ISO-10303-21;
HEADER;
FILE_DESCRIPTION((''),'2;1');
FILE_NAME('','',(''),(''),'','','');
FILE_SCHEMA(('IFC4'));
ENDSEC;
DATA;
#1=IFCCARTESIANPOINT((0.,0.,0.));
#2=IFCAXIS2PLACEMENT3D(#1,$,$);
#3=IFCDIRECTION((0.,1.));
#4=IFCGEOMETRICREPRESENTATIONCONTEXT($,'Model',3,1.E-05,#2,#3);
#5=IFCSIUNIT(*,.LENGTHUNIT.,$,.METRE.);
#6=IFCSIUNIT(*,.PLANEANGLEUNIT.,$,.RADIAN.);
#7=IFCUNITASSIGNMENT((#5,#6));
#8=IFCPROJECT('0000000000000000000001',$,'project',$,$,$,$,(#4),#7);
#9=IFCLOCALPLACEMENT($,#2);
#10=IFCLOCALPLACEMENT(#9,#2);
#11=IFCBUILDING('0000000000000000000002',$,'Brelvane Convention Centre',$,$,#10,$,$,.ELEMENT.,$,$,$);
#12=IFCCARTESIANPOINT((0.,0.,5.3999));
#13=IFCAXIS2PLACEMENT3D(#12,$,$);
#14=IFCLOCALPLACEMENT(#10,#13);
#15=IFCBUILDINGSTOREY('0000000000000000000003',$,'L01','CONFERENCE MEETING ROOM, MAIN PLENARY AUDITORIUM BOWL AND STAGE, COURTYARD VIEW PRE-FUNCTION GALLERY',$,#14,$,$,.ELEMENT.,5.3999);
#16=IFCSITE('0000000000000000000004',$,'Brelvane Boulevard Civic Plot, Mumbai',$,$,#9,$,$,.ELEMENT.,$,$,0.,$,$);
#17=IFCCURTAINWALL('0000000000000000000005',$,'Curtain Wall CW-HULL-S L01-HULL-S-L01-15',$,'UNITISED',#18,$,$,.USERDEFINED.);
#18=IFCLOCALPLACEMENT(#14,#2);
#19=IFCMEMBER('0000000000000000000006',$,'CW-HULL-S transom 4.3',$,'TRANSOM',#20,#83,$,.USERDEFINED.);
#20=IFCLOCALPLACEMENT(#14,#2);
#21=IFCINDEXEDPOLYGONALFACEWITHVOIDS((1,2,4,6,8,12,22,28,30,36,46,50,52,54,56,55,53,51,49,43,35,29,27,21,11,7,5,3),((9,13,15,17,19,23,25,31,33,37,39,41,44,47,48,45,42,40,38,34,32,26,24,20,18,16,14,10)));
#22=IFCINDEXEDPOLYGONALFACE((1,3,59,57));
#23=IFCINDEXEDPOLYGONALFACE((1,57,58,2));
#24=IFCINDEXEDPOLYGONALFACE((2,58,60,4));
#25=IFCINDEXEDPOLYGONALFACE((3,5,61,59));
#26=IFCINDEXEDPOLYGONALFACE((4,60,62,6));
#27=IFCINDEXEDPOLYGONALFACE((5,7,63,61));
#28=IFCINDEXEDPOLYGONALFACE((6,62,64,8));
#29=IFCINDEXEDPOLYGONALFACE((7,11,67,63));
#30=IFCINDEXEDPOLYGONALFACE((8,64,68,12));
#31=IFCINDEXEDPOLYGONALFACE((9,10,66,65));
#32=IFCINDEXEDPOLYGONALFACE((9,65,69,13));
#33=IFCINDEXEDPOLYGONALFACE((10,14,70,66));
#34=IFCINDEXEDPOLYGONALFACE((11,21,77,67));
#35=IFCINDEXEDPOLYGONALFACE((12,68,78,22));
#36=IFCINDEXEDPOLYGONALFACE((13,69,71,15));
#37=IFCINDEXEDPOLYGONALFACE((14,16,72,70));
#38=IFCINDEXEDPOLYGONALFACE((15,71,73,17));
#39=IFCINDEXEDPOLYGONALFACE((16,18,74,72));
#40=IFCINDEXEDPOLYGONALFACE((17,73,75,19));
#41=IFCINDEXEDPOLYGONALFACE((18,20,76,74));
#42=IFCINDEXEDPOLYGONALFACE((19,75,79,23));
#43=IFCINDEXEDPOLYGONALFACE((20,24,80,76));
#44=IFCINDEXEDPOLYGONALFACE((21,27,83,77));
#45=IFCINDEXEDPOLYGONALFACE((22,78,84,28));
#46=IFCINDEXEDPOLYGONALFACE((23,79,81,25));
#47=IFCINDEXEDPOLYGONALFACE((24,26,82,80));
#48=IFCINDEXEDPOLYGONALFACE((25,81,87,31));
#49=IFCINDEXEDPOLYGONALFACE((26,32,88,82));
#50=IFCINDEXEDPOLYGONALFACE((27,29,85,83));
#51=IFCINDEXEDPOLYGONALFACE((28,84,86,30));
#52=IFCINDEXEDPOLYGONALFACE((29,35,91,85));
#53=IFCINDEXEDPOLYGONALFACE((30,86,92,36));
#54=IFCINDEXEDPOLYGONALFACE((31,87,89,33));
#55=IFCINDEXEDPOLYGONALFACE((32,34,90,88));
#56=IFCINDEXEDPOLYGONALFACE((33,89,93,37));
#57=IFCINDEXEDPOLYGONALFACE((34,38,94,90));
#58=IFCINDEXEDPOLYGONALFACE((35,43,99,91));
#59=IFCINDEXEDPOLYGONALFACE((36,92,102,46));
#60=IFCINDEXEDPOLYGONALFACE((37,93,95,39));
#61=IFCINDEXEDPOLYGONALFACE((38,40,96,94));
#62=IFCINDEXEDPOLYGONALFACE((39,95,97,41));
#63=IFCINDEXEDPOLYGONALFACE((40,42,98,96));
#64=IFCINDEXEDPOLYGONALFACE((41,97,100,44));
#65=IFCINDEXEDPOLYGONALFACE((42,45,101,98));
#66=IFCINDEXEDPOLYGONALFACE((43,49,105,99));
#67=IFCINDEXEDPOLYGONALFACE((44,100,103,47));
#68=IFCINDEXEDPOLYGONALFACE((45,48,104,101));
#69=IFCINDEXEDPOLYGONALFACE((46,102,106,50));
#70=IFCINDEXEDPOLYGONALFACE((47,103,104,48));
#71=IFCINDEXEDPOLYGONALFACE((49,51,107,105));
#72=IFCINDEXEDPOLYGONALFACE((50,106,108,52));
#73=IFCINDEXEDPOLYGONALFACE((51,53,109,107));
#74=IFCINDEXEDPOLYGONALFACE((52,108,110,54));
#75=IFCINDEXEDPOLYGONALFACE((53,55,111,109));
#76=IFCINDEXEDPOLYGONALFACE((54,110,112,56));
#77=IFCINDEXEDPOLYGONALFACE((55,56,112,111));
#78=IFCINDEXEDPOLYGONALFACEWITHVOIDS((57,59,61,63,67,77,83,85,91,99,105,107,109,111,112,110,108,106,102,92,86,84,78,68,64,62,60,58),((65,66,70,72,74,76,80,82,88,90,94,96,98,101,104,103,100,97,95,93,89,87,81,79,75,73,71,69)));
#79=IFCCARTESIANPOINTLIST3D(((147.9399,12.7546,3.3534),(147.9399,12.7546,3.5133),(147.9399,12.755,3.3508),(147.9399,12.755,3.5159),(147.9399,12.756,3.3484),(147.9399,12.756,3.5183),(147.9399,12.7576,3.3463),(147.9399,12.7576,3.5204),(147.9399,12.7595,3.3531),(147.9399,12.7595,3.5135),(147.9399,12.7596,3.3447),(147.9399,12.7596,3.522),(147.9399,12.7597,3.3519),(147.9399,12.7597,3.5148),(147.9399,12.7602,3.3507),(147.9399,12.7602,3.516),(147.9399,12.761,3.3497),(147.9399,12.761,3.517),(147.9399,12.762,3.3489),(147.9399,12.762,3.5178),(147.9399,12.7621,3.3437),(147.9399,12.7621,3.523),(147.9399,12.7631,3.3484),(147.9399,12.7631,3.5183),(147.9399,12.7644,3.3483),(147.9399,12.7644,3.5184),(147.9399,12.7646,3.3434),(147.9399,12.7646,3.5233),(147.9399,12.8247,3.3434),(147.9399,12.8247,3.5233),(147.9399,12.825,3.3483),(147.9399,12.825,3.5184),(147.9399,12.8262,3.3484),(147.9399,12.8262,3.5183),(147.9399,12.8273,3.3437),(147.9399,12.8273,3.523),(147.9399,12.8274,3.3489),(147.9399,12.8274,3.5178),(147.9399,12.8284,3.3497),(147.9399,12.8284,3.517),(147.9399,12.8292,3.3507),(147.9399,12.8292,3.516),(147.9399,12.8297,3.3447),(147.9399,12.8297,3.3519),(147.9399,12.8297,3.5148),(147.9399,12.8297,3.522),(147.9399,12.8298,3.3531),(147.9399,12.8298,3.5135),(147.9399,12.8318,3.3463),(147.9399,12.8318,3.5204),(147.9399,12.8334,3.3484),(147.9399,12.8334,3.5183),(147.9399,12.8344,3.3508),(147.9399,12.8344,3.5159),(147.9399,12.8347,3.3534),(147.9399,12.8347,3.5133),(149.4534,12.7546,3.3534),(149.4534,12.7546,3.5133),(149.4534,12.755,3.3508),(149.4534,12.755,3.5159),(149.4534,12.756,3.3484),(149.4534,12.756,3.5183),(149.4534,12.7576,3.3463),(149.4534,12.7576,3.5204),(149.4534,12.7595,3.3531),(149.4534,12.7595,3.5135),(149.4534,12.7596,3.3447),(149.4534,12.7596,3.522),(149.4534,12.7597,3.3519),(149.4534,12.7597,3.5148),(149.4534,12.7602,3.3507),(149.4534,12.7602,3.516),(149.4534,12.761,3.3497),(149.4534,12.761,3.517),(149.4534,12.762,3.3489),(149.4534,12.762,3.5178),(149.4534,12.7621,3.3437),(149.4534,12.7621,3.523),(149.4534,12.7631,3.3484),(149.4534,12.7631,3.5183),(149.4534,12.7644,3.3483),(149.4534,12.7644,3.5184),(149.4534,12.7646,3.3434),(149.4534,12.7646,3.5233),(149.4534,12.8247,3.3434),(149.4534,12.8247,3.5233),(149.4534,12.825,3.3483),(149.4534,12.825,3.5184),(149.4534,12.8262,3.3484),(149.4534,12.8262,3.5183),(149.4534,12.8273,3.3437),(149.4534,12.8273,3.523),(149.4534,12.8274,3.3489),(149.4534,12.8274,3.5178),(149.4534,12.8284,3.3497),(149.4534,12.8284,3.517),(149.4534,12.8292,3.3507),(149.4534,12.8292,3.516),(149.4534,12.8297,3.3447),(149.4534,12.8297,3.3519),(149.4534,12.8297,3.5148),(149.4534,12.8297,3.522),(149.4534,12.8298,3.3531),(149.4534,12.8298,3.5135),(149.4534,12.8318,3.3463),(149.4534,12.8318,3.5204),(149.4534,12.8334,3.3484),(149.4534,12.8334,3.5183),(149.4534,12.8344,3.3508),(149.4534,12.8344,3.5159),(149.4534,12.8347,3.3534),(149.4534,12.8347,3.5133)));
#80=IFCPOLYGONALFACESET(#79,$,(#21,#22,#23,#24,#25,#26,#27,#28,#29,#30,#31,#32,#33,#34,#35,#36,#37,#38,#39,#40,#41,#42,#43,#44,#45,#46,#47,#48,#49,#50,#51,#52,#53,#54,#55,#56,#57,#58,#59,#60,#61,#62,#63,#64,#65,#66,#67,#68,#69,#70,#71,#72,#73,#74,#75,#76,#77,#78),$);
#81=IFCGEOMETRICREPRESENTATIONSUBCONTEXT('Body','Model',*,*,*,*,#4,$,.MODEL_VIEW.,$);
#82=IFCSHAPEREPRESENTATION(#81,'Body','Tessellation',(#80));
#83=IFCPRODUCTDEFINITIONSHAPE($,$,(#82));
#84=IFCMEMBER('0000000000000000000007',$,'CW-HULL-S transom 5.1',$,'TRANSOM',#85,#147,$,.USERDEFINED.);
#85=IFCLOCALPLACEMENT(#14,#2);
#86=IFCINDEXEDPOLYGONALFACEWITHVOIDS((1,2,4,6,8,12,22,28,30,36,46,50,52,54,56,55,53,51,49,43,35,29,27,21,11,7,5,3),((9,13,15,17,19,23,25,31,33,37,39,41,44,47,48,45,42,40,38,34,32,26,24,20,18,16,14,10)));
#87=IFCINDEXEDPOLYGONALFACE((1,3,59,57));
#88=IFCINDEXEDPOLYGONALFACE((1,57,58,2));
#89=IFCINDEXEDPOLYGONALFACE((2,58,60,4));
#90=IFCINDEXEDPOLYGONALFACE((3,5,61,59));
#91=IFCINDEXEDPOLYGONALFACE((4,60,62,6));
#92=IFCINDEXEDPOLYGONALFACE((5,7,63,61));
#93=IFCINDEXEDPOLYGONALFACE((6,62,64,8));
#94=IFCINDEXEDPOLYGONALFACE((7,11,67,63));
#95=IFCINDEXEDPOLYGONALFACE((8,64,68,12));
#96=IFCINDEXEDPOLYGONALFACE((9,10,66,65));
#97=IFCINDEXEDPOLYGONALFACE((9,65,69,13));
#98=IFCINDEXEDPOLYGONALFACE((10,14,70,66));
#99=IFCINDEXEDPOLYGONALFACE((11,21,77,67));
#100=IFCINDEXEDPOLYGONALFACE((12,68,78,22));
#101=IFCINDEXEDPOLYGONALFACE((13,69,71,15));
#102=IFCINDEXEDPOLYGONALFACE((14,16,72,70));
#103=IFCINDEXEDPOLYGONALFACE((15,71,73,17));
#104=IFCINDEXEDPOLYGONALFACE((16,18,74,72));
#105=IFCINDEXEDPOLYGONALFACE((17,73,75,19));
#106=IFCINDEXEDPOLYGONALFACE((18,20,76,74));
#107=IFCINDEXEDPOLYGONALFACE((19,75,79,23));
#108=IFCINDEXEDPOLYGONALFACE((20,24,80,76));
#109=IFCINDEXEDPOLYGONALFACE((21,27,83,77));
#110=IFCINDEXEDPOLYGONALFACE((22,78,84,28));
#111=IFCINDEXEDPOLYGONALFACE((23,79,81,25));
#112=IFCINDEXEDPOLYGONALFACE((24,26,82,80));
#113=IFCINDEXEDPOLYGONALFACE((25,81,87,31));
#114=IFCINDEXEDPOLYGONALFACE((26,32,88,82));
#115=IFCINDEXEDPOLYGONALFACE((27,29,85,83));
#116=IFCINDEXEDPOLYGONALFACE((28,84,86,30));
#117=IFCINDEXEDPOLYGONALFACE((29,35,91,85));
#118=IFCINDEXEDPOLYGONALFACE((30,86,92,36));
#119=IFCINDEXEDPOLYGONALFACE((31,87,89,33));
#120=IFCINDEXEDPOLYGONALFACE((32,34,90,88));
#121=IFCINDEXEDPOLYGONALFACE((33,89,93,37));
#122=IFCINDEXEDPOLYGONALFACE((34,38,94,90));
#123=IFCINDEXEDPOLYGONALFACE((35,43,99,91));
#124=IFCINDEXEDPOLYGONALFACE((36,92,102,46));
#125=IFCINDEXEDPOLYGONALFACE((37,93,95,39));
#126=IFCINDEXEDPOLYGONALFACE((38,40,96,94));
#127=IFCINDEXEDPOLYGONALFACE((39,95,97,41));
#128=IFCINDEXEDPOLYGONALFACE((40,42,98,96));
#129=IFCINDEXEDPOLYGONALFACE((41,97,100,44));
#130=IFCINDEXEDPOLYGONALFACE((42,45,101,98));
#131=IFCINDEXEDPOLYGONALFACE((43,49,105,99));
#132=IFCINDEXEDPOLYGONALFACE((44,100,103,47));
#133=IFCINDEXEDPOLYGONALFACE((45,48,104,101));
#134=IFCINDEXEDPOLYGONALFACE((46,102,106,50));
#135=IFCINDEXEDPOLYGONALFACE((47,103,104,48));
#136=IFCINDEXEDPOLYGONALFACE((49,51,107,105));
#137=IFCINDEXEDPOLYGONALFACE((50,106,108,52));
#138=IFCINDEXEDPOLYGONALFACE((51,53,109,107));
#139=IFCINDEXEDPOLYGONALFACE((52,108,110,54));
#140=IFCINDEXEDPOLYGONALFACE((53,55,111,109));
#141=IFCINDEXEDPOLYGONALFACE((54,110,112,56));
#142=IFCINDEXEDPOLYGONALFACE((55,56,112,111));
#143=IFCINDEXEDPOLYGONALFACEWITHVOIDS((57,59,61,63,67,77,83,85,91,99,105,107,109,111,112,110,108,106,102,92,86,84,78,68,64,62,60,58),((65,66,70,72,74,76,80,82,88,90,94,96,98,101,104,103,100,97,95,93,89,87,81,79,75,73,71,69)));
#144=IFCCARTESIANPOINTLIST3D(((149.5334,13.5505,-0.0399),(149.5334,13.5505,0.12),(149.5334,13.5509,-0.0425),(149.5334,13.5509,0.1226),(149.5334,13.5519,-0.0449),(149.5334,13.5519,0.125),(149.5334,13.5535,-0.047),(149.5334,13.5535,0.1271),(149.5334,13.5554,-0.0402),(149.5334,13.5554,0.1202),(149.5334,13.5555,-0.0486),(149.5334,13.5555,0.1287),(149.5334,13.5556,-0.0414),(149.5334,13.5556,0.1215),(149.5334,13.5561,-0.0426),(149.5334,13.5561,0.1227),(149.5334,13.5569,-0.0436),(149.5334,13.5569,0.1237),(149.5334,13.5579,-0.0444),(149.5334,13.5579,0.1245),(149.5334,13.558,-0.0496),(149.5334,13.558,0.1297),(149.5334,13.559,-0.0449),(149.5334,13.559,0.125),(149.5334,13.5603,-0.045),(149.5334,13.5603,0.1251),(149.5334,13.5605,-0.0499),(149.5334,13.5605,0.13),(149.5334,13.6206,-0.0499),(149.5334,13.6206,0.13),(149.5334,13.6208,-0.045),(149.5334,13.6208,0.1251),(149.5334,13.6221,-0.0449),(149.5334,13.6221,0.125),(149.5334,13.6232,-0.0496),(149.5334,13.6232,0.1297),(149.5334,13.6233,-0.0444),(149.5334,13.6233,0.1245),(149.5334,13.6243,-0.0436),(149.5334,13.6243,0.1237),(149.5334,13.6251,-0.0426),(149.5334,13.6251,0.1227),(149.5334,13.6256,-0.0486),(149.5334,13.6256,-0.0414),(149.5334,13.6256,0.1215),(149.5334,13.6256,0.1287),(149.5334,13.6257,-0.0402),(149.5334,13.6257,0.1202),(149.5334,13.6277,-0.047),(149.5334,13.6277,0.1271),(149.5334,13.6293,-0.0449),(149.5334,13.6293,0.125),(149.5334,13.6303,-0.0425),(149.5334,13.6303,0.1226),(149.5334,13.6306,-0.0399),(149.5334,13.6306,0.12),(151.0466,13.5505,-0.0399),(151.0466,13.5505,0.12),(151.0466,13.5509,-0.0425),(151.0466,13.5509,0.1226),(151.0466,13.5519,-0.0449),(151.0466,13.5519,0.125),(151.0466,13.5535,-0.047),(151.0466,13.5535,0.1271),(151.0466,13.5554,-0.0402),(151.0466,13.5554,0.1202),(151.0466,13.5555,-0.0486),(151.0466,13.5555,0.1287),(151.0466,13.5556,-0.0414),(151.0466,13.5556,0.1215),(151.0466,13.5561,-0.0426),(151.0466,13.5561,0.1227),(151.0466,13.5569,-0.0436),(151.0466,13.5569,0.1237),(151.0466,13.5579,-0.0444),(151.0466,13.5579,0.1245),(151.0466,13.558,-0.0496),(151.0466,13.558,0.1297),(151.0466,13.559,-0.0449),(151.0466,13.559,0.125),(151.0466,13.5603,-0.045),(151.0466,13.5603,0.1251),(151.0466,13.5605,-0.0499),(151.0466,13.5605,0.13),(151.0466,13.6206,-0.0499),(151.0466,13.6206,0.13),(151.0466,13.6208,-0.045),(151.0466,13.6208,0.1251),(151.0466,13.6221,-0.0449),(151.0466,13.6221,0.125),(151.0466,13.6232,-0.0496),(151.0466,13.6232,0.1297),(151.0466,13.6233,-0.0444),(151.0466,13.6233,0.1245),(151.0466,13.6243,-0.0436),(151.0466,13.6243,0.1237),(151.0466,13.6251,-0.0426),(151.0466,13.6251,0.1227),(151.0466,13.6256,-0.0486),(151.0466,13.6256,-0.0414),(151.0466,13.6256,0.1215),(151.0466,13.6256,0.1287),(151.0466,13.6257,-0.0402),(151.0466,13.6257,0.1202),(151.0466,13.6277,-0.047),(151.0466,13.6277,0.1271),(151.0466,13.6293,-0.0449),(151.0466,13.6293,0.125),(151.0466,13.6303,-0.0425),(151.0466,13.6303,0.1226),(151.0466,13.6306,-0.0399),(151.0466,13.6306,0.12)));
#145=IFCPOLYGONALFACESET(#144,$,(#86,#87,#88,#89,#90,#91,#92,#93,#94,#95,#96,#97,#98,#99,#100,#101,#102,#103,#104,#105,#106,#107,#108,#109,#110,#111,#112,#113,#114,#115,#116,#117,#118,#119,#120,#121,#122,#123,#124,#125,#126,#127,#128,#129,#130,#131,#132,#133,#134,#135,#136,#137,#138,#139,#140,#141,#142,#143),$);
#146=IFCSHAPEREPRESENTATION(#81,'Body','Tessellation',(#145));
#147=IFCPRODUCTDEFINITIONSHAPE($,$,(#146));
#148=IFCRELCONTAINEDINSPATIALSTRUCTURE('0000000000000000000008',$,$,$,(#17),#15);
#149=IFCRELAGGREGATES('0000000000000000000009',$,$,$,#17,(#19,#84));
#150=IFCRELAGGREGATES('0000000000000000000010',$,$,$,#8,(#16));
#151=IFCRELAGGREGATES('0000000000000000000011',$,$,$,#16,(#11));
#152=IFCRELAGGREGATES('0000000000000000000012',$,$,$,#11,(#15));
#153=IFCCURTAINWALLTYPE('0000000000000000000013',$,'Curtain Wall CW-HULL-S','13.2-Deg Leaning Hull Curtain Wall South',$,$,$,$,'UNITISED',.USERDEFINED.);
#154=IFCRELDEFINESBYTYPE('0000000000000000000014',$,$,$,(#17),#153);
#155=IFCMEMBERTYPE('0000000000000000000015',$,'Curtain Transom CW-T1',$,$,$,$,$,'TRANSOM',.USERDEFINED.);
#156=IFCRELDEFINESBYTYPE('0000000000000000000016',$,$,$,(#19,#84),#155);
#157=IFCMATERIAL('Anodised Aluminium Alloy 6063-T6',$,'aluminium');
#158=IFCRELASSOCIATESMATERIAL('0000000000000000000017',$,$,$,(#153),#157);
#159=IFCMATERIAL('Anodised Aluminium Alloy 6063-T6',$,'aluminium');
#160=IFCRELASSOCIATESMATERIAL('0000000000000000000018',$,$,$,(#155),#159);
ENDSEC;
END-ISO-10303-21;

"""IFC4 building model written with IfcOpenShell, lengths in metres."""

from ifc_helpers import new_model, si_unit, direction, frame, origin, origin_2d, place, context, subcontext, project, spatial, hollow_rectangle, extrude, material, material_profile, profile_set, type_object, element, aggregate, save


model = new_model("IFC4")

# Units and contexts
model_context = context("Model", 3, precision=1e-05, world=origin(), true_north=direction((0.0, 1.0)))
body_context = subcontext(model_context, "Body", "Model", "MODEL_VIEW")
ifc_project = project(units=[si_unit("LENGTHUNIT", "METRE"), si_unit("PLANEANGLEUNIT", "RADIAN")], contexts=[model_context])

# Site, building, storey
site_placement = place(None, origin())
site = spatial("IfcSite", under=ifc_project, at=site_placement, Name="Brelvane Boulevard Civic Plot, Mumbai", CompositionType="ELEMENT", RefElevation=0.0)
building_placement = place(site_placement, origin())
building = spatial("IfcBuilding", under=site, at=building_placement, Name="Brelvane Convention Centre", CompositionType="ELEMENT")
storey_placement = place(building_placement, frame((0.0, 0.0, 5.3999)))
storey = spatial("IfcBuildingStorey", under=building, at=storey_placement, Name="L01", Description="CONFERENCE MEETING ROOM, MAIN PLENARY AUDITORIUM BOWL AND STAGE, COURTYARD VIEW PRE-FUNCTION GALLERY", CompositionType="ELEMENT", Elevation=5.3999)

# Curtain wall, members
ifc_material_1 = material(Name="Anodised Aluminium Alloy 6063-T6", Category="aluminium")
curtain_wall_type = type_object("IfcCurtainWallType", Name="Curtain Wall CW-HULL-S", Description="13.2-Deg Leaning Hull Curtain Wall South", ElementType="UNITISED", PredefinedType="USERDEFINED", material=ifc_material_1)
curtain_wall_placement = place(storey_placement, origin())
curtain_wall = element("IfcCurtainWall", 1, at=curtain_wall_placement, inside=storey, type_object=curtain_wall_type, Name="Curtain Wall CW-HULL-S L01-HULL-S-L01-15", ObjectType="UNITISED", PredefinedType="USERDEFINED")
ifc_material_2 = material(Name="Anodised Aluminium Alloy 6063-T6", Category="aluminium")
ifc_material_profile = material_profile(ifc_material_2, hollow_rectangle(XDim=0.0801, YDim=0.1799, WallThickness=0.0049, InnerFilletRadius=0.0049, OuterFilletRadius=0.01, at=origin_2d()), Name="ALU-T 180x80x5.0")
ifc_profile_set = profile_set([ifc_material_profile], Name="Anodised Aluminium Alloy 6063-T6")
member_type = type_object("IfcMemberType", Name="Curtain Transom CW-T1", ElementType="TRANSOM", PredefinedType="USERDEFINED", material=ifc_profile_set)
member_1_placement = place(storey_placement, frame((147.9399, 12.7947, 3.4333), z_axis=(1.0, 0.0, 0.0), x_axis=(0.0, 1.0, 0.0)))
member_1 = element("IfcMember", 2, at=member_1_placement, type_object=member_type, Name="CW-HULL-S transom 4.3", ObjectType="TRANSOM", PredefinedType="USERDEFINED", context=body_context, shape_type="SweptSolid", body=[
    extrude(hollow_rectangle(XDim=0.0801, YDim=0.1799, WallThickness=0.0049, InnerFilletRadius=0.0049, OuterFilletRadius=0.01, at=origin_2d()), origin(), (0.0, 0.0, 1.0), 1.5134),
])
member_2_placement = place(storey_placement, frame((149.5334, 13.5906, 0.04), z_axis=(1.0, 0.0, 0.0), x_axis=(0.0, 1.0, 0.0)))
member_2 = element("IfcMember", 3, at=member_2_placement, type_object=member_type, Name="CW-HULL-S transom 5.1", ObjectType="TRANSOM", PredefinedType="USERDEFINED", context=body_context, shape_type="SweptSolid", body=[
    extrude(hollow_rectangle(XDim=0.0801, YDim=0.1799, WallThickness=0.0049, InnerFilletRadius=0.0049, OuterFilletRadius=0.01, at=origin_2d()), origin(), (0.0, 0.0, 1.0), 1.5132),
])
aggregate(curtain_wall, [member_1, member_2])

save(model, "model.ifc")
